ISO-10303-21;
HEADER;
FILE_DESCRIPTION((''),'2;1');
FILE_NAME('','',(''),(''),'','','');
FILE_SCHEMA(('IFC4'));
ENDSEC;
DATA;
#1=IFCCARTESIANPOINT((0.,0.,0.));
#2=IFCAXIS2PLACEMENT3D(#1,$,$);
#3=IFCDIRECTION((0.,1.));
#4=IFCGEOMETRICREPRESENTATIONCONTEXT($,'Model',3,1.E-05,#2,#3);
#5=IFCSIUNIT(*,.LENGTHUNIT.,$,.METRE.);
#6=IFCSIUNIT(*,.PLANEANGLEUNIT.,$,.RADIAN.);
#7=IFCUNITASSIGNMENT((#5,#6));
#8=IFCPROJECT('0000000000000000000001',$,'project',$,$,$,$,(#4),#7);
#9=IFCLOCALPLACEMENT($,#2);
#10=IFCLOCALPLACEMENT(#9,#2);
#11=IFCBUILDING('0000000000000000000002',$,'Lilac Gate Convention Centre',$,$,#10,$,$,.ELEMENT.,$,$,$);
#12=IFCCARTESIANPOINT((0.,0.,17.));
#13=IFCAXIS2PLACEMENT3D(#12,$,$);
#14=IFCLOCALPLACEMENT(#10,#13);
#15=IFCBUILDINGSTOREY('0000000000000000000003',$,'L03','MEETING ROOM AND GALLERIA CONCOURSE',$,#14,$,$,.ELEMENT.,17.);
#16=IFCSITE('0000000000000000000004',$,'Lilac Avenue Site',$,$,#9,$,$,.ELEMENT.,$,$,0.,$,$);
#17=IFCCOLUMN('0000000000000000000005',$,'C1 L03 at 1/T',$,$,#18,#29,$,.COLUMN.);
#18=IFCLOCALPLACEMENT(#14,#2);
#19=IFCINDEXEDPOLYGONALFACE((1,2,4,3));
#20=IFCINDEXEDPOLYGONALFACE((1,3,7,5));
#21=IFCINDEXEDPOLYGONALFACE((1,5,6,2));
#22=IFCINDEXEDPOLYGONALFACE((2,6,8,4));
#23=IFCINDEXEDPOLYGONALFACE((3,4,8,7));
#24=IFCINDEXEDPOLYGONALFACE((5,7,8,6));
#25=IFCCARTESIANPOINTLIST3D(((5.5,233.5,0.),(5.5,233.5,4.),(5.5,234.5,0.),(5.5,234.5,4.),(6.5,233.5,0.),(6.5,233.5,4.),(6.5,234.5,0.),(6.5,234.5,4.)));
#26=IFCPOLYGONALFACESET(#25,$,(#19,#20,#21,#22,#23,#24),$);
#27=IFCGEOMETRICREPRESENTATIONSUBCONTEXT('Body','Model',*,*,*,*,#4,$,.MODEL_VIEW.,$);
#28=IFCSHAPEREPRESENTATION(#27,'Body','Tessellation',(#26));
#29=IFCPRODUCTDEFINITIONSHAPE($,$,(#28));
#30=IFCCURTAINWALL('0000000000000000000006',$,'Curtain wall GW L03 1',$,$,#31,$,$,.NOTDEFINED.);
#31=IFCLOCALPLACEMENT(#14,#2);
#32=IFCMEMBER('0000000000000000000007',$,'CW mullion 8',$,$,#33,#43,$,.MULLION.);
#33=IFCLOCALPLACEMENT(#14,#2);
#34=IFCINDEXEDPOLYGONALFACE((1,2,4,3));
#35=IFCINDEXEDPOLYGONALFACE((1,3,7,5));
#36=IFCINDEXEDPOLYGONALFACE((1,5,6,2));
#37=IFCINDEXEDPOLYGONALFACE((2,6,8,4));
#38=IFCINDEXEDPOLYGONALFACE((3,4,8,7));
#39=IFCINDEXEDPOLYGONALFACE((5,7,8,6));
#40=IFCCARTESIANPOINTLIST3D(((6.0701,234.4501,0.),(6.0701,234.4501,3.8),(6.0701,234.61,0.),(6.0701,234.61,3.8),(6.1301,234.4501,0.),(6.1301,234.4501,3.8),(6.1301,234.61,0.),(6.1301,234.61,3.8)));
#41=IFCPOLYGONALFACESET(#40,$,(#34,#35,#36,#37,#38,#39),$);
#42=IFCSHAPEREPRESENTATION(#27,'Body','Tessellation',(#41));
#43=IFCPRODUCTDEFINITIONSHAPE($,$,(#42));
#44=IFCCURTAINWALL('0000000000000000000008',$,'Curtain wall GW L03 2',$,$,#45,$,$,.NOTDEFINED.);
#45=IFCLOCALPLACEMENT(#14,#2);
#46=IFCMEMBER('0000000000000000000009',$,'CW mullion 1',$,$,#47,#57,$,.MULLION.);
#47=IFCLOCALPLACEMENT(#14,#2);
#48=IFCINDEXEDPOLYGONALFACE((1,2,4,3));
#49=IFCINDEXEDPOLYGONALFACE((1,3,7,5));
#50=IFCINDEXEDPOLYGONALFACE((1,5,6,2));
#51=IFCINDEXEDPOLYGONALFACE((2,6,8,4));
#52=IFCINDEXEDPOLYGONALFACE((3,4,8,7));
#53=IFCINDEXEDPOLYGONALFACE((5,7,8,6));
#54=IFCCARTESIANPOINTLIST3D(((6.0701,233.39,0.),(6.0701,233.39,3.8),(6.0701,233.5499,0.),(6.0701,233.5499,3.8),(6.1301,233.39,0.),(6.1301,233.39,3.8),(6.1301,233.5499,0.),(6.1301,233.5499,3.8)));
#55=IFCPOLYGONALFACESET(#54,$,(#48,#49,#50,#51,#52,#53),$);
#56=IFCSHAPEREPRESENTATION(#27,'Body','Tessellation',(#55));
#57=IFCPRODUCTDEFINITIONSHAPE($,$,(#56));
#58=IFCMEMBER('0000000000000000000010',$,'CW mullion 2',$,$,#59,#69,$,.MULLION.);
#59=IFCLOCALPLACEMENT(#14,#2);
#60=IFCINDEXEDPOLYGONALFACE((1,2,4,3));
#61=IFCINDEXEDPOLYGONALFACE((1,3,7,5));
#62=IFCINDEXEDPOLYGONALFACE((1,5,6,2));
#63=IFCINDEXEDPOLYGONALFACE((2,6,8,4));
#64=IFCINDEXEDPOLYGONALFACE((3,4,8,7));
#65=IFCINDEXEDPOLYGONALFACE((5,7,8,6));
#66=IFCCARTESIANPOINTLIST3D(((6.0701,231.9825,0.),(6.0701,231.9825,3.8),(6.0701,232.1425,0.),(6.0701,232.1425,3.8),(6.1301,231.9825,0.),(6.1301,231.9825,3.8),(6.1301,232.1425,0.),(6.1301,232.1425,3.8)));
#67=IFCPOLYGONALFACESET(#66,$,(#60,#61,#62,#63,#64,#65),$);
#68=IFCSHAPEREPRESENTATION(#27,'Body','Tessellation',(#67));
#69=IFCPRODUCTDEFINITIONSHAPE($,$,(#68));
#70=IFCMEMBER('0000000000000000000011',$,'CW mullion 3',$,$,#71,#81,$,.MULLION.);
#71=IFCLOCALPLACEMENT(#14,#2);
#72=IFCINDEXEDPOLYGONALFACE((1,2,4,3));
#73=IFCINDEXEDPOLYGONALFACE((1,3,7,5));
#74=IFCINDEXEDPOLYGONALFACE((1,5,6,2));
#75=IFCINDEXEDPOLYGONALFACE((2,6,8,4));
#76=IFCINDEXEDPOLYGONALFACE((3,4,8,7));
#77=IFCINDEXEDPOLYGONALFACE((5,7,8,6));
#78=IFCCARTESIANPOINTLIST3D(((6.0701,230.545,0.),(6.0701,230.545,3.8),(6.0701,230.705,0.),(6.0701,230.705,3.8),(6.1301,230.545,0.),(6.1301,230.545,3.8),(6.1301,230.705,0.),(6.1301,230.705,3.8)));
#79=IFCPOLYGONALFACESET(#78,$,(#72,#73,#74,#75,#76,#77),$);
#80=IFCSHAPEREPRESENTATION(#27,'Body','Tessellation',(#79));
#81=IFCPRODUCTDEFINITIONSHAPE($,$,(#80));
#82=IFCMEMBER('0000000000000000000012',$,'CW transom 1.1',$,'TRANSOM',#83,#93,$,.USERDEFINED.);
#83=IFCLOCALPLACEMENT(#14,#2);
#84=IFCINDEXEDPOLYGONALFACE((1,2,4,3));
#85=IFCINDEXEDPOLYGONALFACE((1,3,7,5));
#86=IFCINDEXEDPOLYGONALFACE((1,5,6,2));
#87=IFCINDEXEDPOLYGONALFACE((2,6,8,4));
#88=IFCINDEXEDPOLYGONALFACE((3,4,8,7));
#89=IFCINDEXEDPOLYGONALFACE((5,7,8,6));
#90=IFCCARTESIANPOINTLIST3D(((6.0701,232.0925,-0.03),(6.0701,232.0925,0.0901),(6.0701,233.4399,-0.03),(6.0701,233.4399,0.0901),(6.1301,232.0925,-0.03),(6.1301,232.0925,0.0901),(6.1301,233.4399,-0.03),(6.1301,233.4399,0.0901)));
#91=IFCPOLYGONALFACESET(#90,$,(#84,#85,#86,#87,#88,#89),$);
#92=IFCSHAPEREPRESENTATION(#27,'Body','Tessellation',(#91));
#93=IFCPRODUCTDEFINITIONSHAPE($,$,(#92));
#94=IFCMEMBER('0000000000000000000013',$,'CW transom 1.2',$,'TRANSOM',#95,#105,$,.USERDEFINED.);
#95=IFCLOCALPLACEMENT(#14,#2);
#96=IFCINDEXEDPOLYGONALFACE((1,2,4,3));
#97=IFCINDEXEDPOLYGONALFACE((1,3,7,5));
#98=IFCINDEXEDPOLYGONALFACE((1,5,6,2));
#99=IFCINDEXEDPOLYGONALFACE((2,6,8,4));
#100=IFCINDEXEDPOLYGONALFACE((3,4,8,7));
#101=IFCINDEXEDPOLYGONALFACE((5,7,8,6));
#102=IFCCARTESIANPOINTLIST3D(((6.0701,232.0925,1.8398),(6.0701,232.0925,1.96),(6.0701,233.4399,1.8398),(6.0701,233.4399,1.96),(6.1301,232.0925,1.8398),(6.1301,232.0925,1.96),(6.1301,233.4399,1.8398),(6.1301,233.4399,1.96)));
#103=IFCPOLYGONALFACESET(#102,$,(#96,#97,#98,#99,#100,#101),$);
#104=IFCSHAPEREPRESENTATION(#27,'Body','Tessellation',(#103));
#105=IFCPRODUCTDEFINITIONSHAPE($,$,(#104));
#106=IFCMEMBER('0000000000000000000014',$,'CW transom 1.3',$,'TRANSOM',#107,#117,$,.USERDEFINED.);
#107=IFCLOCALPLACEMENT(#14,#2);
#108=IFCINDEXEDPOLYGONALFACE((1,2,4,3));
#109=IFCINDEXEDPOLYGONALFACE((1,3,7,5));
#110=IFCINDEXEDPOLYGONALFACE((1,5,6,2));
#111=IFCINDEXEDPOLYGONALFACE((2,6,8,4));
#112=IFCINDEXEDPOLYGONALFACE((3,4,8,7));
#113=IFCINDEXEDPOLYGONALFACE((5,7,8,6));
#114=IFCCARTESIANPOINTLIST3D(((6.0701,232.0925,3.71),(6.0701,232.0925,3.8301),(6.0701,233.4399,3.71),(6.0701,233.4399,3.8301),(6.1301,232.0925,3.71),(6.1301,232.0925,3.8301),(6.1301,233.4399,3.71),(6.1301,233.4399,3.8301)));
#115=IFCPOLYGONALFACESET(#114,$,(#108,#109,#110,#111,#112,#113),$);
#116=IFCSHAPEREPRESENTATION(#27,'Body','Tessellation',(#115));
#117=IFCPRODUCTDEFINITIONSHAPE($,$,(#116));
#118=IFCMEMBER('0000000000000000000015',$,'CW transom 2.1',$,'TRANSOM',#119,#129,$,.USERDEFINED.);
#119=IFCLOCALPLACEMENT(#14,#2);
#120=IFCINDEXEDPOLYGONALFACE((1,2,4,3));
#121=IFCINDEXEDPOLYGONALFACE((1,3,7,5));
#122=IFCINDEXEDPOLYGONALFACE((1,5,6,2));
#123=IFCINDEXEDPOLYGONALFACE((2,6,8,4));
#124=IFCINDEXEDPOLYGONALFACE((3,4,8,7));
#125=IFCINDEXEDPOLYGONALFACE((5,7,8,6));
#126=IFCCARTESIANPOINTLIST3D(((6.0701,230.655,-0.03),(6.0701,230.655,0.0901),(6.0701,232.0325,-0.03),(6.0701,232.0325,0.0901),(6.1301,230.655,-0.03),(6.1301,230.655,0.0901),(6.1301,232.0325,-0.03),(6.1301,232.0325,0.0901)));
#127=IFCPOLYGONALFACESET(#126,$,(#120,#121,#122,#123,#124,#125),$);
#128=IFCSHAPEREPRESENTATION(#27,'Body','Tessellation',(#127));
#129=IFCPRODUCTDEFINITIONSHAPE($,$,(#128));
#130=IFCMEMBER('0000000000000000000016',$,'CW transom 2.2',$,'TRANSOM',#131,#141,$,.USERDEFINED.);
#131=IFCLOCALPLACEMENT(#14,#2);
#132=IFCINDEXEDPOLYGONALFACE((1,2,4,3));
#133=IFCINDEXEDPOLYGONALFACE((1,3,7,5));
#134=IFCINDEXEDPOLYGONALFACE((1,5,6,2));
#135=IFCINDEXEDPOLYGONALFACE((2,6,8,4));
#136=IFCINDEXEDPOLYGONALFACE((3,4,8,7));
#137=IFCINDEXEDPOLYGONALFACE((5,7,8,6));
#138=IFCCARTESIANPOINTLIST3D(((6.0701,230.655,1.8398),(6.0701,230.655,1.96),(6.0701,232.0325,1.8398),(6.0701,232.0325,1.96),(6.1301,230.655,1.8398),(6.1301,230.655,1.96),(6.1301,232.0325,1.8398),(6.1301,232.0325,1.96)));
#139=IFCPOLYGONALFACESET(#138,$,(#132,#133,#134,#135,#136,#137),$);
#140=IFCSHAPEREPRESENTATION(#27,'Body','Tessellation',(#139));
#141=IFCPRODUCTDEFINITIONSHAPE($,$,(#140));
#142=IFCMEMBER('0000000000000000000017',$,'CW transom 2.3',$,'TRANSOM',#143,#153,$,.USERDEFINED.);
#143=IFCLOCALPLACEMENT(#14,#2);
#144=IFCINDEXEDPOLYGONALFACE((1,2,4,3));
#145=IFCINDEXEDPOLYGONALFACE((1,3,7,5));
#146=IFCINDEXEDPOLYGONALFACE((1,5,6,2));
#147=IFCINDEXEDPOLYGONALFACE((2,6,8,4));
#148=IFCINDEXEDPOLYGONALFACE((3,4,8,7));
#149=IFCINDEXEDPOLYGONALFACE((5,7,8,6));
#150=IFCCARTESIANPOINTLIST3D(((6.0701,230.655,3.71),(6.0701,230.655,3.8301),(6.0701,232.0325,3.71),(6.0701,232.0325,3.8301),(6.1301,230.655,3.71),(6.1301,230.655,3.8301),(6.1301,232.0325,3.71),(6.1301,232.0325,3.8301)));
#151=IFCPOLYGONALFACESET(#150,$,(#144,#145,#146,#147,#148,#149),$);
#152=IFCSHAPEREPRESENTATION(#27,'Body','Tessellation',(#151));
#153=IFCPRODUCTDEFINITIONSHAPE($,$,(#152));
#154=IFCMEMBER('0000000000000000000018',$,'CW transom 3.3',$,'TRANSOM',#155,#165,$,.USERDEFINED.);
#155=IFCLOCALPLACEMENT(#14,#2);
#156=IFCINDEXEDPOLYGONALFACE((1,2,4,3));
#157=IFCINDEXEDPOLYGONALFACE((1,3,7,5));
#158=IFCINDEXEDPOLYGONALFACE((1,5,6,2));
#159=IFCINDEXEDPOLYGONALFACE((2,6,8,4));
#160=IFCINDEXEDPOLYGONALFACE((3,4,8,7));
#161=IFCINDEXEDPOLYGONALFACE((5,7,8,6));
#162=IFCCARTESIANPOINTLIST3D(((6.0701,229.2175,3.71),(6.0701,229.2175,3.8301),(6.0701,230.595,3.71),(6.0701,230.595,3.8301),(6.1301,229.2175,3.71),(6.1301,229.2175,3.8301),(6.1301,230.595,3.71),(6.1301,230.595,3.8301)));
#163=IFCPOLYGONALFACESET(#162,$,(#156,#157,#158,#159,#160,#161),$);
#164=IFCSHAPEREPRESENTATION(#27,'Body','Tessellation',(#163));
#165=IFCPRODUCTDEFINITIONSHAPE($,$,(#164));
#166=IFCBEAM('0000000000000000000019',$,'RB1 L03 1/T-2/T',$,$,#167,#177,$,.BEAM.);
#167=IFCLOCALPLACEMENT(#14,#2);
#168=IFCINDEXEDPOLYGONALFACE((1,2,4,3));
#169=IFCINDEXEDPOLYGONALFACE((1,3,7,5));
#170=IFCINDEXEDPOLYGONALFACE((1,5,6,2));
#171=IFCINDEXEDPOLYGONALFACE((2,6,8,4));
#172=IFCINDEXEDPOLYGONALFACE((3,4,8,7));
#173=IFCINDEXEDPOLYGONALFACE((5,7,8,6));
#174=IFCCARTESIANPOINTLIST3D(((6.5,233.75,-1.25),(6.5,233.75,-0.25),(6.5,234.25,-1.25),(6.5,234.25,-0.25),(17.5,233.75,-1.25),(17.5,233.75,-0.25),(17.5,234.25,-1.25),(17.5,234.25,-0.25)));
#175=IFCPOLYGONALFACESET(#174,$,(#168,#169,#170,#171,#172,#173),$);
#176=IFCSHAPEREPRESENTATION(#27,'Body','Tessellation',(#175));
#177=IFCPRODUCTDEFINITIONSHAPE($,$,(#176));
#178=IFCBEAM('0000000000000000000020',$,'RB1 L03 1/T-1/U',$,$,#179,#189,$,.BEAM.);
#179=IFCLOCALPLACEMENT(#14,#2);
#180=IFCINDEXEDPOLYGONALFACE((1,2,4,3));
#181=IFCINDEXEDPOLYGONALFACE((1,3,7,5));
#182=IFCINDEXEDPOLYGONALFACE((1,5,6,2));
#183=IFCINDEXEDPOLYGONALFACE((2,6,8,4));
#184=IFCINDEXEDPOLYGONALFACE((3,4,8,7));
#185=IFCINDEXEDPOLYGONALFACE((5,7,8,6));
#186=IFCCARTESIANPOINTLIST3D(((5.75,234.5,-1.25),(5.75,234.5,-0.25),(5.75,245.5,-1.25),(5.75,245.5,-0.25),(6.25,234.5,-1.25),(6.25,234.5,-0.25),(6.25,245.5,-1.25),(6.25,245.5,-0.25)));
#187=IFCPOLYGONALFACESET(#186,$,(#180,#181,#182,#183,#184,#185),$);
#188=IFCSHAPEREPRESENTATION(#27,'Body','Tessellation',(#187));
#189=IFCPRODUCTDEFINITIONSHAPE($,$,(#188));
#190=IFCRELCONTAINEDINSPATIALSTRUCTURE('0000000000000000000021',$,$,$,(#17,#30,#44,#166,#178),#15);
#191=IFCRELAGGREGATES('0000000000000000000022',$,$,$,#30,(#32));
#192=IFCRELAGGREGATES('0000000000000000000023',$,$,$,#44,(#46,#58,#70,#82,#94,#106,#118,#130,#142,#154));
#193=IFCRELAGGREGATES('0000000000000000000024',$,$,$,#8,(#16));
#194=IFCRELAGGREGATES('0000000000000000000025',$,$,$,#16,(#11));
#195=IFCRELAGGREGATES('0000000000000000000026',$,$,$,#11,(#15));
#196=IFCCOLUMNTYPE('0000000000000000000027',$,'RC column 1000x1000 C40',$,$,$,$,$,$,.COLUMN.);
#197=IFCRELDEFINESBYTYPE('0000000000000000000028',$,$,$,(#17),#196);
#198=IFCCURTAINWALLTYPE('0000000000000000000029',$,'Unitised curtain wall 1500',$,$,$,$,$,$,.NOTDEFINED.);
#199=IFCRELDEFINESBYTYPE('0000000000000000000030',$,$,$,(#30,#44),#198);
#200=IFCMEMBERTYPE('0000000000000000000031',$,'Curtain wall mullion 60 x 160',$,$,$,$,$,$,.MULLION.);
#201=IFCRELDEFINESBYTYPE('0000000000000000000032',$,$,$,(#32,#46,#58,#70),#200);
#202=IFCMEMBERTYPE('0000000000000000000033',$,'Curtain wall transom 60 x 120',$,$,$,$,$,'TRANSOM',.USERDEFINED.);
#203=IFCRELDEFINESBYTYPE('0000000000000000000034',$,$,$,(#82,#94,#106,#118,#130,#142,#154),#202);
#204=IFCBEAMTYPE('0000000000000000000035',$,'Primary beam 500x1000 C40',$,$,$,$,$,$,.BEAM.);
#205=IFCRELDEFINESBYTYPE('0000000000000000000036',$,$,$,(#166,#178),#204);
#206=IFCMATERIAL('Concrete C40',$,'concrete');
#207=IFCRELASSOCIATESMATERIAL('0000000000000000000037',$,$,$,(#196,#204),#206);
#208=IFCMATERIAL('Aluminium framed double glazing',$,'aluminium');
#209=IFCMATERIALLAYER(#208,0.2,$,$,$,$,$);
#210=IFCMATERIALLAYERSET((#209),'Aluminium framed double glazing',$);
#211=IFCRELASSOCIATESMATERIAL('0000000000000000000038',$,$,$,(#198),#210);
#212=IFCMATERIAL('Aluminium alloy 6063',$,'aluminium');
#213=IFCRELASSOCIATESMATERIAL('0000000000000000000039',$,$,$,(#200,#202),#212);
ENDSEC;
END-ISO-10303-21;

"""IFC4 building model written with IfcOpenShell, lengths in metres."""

from ifc_helpers import new_model, si_unit, direction, frame, origin, origin_2d, place, context, subcontext, project, spatial, rectangle, extrude, material, layer, layer_set, material_profile, profile_set, type_object, element, aggregate, save


model = new_model("IFC4")

# Units and contexts
model_context = context("Model", 3, precision=1e-05, world=origin(), true_north=direction((0.0, 1.0)))
body_context = subcontext(model_context, "Body", "Model", "MODEL_VIEW")
ifc_project = project(units=[si_unit("LENGTHUNIT", "METRE"), si_unit("PLANEANGLEUNIT", "RADIAN")], contexts=[model_context])

# Site, building, storey
site_placement = place(None, origin())
site = spatial("IfcSite", under=ifc_project, at=site_placement, Name="Lilac Avenue Site", CompositionType="ELEMENT", RefElevation=0.0)
building_placement = place(site_placement, origin())
building = spatial("IfcBuilding", under=site, at=building_placement, Name="Lilac Gate Convention Centre", CompositionType="ELEMENT")
storey_placement = place(building_placement, frame((0.0, 0.0, 17.0)))
storey = spatial("IfcBuildingStorey", under=building, at=storey_placement, Name="L03", Description="MEETING ROOM AND GALLERIA CONCOURSE", CompositionType="ELEMENT", Elevation=17.0)

# Column
ifc_material_1 = material(Name="Concrete C40", Category="concrete")
ifc_material_profile_1 = material_profile(ifc_material_1, rectangle(XDim=1.0, YDim=1.0, at=origin_2d()), Name="RC 1000x1000")
ifc_profile_set_1 = profile_set([ifc_material_profile_1], Name="Concrete C40")
column_type = type_object("IfcColumnType", Name="RC column 1000x1000 C40", PredefinedType="COLUMN", material=ifc_profile_set_1)
column_placement = place(storey_placement, frame((6.0, 234.0, 0.0), z_axis=(0.0, 0.0, 1.0), x_axis=(1.0, 0.0, 0.0)))
element("IfcColumn", 1, at=column_placement, inside=storey, type_object=column_type, Name="C1 L03 at 1/T", PredefinedType="COLUMN", context=body_context, shape_type="SweptSolid", body=[
    extrude(rectangle(XDim=1.0, YDim=1.0, at=origin_2d()), origin(), (0.0, 0.0, 1.0), 4.0),
])

# Curtain wall, member
ifc_material_2 = material(Name="Aluminium framed double glazing", Category="aluminium")
ifc_layer_1 = layer(ifc_material_2, 0.2)
ifc_layer_set_1 = layer_set([ifc_layer_1], Name="Aluminium framed double glazing")
curtain_wall_type = type_object("IfcCurtainWallType", Name="Unitised curtain wall 1500", PredefinedType="NOTDEFINED", material=ifc_layer_set_1)
curtain_wall_1_placement = place(storey_placement, origin())
curtain_wall_1 = element("IfcCurtainWall", 2, at=curtain_wall_1_placement, inside=storey, type_object=curtain_wall_type, Name="Curtain wall GW L03 1", PredefinedType="NOTDEFINED")
ifc_material_3 = material(Name="Aluminium alloy 6063", Category="aluminium")
ifc_material_profile_2 = material_profile(ifc_material_3, rectangle(XDim=0.0601, YDim=0.1599, at=origin_2d()), Name="Curtain wall mullion 60 x 160")
ifc_profile_set_2 = profile_set([ifc_material_profile_2], Name="Aluminium alloy 6063")
member_type_1 = type_object("IfcMemberType", Name="Curtain wall mullion 60 x 160", PredefinedType="MULLION", material=ifc_profile_set_2)
member_1_placement = place(storey_placement, frame((6.1001, 234.53, 0.0), z_axis=(0.0, 0.0, 1.0), x_axis=(1.0, 0.0, 0.0)))
member_1 = element("IfcMember", 3, at=member_1_placement, type_object=member_type_1, Name="CW mullion 8", PredefinedType="MULLION", context=body_context, shape_type="SweptSolid", body=[
    extrude(rectangle(XDim=0.0601, YDim=0.1599, at=origin_2d()), origin(), (0.0, 0.0, 1.0), 3.8),
])
aggregate(curtain_wall_1, [member_1])

# Curtain wall, members
curtain_wall_2_placement = place(storey_placement, origin())
curtain_wall_2 = element("IfcCurtainWall", 4, at=curtain_wall_2_placement, inside=storey, type_object=curtain_wall_type, Name="Curtain wall GW L03 2", PredefinedType="NOTDEFINED")
member_2_placement = place(storey_placement, frame((6.1001, 233.47, 0.0), z_axis=(0.0, 0.0, 1.0), x_axis=(1.0, 0.0, 0.0)))
member_2 = element("IfcMember", 5, at=member_2_placement, type_object=member_type_1, Name="CW mullion 1", PredefinedType="MULLION", context=body_context, shape_type="SweptSolid", body=[
    extrude(rectangle(XDim=0.0601, YDim=0.1599, at=origin_2d()), origin(), (0.0, 0.0, 1.0), 3.8),
])
member_3_placement = place(storey_placement, frame((6.1001, 232.0625, 0.0), z_axis=(0.0, 0.0, 1.0), x_axis=(1.0, 0.0, 0.0)))
member_3 = element("IfcMember", 6, at=member_3_placement, type_object=member_type_1, Name="CW mullion 2", PredefinedType="MULLION", context=body_context, shape_type="SweptSolid", body=[
    extrude(rectangle(XDim=0.0601, YDim=0.1599, at=origin_2d()), origin(), (0.0, 0.0, 1.0), 3.8),
])
member_4_placement = place(storey_placement, frame((6.1001, 230.625, 0.0), z_axis=(0.0, 0.0, 1.0), x_axis=(1.0, 0.0, 0.0)))
member_4 = element("IfcMember", 7, at=member_4_placement, type_object=member_type_1, Name="CW mullion 3", PredefinedType="MULLION", context=body_context, shape_type="SweptSolid", body=[
    extrude(rectangle(XDim=0.0601, YDim=0.1599, at=origin_2d()), origin(), (0.0, 0.0, 1.0), 3.8),
])
ifc_material_profile_3 = material_profile(ifc_material_3, rectangle(XDim=0.0601, YDim=0.1201, at=origin_2d()), Name="Curtain wall transom 60 x 120")
ifc_profile_set_3 = profile_set([ifc_material_profile_3], Name="Aluminium alloy 6063")
member_type_2 = type_object("IfcMemberType", Name="Curtain wall transom 60 x 120", ElementType="TRANSOM", PredefinedType="USERDEFINED", material=ifc_profile_set_3)
member_5_placement = place(storey_placement, frame((6.1001, 233.4399, 0.03), z_axis=(0.0, -1.0, 0.0), x_axis=(1.0, 0.0, 0.0)))
member_5 = element("IfcMember", 8, at=member_5_placement, type_object=member_type_2, Name="CW transom 1.1", ObjectType="TRANSOM", PredefinedType="USERDEFINED", context=body_context, shape_type="SweptSolid", body=[
    extrude(rectangle(XDim=0.0601, YDim=0.1201, at=origin_2d()), origin(), (0.0, 0.0, 1.0), 1.3474),
])
member_6_placement = place(storey_placement, frame((6.1001, 233.4399, 1.8999), z_axis=(0.0, -1.0, 0.0), x_axis=(1.0, 0.0, 0.0)))
member_6 = element("IfcMember", 9, at=member_6_placement, type_object=member_type_2, Name="CW transom 1.2", ObjectType="TRANSOM", PredefinedType="USERDEFINED", context=body_context, shape_type="SweptSolid", body=[
    extrude(rectangle(XDim=0.0601, YDim=0.1201, at=origin_2d()), origin(), (0.0, 0.0, 1.0), 1.3474),
])
member_7_placement = place(storey_placement, frame((6.1001, 233.4399, 3.77), z_axis=(0.0, -1.0, 0.0), x_axis=(1.0, 0.0, 0.0)))
member_7 = element("IfcMember", 10, at=member_7_placement, type_object=member_type_2, Name="CW transom 1.3", ObjectType="TRANSOM", PredefinedType="USERDEFINED", context=body_context, shape_type="SweptSolid", body=[
    extrude(rectangle(XDim=0.0601, YDim=0.1201, at=origin_2d()), origin(), (0.0, 0.0, 1.0), 1.3474),
])
member_8_placement = place(storey_placement, frame((6.1001, 232.0325, 0.03), z_axis=(0.0, -1.0, 0.0), x_axis=(1.0, 0.0, 0.0)))
member_8 = element("IfcMember", 11, at=member_8_placement, type_object=member_type_2, Name="CW transom 2.1", ObjectType="TRANSOM", PredefinedType="USERDEFINED", context=body_context, shape_type="SweptSolid", body=[
    extrude(rectangle(XDim=0.0601, YDim=0.1201, at=origin_2d()), origin(), (0.0, 0.0, 1.0), 1.3774),
])
member_9_placement = place(storey_placement, frame((6.1001, 232.0325, 1.8999), z_axis=(0.0, -1.0, 0.0), x_axis=(1.0, 0.0, 0.0)))
member_9 = element("IfcMember", 12, at=member_9_placement, type_object=member_type_2, Name="CW transom 2.2", ObjectType="TRANSOM", PredefinedType="USERDEFINED", context=body_context, shape_type="SweptSolid", body=[
    extrude(rectangle(XDim=0.0601, YDim=0.1201, at=origin_2d()), origin(), (0.0, 0.0, 1.0), 1.3774),
])
member_10_placement = place(storey_placement, frame((6.1001, 232.0325, 3.77), z_axis=(0.0, -1.0, 0.0), x_axis=(1.0, 0.0, 0.0)))
member_10 = element("IfcMember", 13, at=member_10_placement, type_object=member_type_2, Name="CW transom 2.3", ObjectType="TRANSOM", PredefinedType="USERDEFINED", context=body_context, shape_type="SweptSolid", body=[
    extrude(rectangle(XDim=0.0601, YDim=0.1201, at=origin_2d()), origin(), (0.0, 0.0, 1.0), 1.3774),
])
member_11_placement = place(storey_placement, frame((6.1001, 230.595, 3.77), z_axis=(0.0, -1.0, 0.0), x_axis=(1.0, 0.0, 0.0)))
member_11 = element("IfcMember", 14, at=member_11_placement, type_object=member_type_2, Name="CW transom 3.3", ObjectType="TRANSOM", PredefinedType="USERDEFINED", context=body_context, shape_type="SweptSolid", body=[
    extrude(rectangle(XDim=0.0601, YDim=0.1201, at=origin_2d()), origin(), (0.0, 0.0, 1.0), 1.3774),
])

# Beams
ifc_material_profile_4 = material_profile(ifc_material_1, rectangle(XDim=0.5, YDim=1.0, at=origin_2d()), Name="RC 500x1000")
ifc_profile_set_4 = profile_set([ifc_material_profile_4], Name="Concrete C40")
beam_type = type_object("IfcBeamType", Name="Primary beam 500x1000 C40", PredefinedType="BEAM", material=ifc_profile_set_4)
for number, where, z_axis, x_axis, name in (
    (15, (6.5, 234.0, -0.75), (1.0, 0.0, 0.0), (0.0, 1.0, 0.0), "RB1 L03 1/T-2/T"),
    (16, (6.0, 234.5, -0.75), (0.0, 1.0, 0.0), (-1.0, 0.0, 0.0), "RB1 L03 1/T-1/U"),
):
    element("IfcBeam", number, at=place(storey_placement, frame(where, z_axis=z_axis, x_axis=x_axis)), inside=storey, type_object=beam_type, Name=name, PredefinedType="BEAM", context=body_context, shape_type="SweptSolid", body=[
        extrude(rectangle(XDim=0.5, YDim=1.0, at=origin_2d()), origin(), (0.0, 0.0, 1.0), 11.0),
    ])

aggregate(curtain_wall_2, [member_2, member_3, member_4, member_5, member_6, member_7, member_8, member_9, member_10, member_11])

save(model, "model.ifc")
